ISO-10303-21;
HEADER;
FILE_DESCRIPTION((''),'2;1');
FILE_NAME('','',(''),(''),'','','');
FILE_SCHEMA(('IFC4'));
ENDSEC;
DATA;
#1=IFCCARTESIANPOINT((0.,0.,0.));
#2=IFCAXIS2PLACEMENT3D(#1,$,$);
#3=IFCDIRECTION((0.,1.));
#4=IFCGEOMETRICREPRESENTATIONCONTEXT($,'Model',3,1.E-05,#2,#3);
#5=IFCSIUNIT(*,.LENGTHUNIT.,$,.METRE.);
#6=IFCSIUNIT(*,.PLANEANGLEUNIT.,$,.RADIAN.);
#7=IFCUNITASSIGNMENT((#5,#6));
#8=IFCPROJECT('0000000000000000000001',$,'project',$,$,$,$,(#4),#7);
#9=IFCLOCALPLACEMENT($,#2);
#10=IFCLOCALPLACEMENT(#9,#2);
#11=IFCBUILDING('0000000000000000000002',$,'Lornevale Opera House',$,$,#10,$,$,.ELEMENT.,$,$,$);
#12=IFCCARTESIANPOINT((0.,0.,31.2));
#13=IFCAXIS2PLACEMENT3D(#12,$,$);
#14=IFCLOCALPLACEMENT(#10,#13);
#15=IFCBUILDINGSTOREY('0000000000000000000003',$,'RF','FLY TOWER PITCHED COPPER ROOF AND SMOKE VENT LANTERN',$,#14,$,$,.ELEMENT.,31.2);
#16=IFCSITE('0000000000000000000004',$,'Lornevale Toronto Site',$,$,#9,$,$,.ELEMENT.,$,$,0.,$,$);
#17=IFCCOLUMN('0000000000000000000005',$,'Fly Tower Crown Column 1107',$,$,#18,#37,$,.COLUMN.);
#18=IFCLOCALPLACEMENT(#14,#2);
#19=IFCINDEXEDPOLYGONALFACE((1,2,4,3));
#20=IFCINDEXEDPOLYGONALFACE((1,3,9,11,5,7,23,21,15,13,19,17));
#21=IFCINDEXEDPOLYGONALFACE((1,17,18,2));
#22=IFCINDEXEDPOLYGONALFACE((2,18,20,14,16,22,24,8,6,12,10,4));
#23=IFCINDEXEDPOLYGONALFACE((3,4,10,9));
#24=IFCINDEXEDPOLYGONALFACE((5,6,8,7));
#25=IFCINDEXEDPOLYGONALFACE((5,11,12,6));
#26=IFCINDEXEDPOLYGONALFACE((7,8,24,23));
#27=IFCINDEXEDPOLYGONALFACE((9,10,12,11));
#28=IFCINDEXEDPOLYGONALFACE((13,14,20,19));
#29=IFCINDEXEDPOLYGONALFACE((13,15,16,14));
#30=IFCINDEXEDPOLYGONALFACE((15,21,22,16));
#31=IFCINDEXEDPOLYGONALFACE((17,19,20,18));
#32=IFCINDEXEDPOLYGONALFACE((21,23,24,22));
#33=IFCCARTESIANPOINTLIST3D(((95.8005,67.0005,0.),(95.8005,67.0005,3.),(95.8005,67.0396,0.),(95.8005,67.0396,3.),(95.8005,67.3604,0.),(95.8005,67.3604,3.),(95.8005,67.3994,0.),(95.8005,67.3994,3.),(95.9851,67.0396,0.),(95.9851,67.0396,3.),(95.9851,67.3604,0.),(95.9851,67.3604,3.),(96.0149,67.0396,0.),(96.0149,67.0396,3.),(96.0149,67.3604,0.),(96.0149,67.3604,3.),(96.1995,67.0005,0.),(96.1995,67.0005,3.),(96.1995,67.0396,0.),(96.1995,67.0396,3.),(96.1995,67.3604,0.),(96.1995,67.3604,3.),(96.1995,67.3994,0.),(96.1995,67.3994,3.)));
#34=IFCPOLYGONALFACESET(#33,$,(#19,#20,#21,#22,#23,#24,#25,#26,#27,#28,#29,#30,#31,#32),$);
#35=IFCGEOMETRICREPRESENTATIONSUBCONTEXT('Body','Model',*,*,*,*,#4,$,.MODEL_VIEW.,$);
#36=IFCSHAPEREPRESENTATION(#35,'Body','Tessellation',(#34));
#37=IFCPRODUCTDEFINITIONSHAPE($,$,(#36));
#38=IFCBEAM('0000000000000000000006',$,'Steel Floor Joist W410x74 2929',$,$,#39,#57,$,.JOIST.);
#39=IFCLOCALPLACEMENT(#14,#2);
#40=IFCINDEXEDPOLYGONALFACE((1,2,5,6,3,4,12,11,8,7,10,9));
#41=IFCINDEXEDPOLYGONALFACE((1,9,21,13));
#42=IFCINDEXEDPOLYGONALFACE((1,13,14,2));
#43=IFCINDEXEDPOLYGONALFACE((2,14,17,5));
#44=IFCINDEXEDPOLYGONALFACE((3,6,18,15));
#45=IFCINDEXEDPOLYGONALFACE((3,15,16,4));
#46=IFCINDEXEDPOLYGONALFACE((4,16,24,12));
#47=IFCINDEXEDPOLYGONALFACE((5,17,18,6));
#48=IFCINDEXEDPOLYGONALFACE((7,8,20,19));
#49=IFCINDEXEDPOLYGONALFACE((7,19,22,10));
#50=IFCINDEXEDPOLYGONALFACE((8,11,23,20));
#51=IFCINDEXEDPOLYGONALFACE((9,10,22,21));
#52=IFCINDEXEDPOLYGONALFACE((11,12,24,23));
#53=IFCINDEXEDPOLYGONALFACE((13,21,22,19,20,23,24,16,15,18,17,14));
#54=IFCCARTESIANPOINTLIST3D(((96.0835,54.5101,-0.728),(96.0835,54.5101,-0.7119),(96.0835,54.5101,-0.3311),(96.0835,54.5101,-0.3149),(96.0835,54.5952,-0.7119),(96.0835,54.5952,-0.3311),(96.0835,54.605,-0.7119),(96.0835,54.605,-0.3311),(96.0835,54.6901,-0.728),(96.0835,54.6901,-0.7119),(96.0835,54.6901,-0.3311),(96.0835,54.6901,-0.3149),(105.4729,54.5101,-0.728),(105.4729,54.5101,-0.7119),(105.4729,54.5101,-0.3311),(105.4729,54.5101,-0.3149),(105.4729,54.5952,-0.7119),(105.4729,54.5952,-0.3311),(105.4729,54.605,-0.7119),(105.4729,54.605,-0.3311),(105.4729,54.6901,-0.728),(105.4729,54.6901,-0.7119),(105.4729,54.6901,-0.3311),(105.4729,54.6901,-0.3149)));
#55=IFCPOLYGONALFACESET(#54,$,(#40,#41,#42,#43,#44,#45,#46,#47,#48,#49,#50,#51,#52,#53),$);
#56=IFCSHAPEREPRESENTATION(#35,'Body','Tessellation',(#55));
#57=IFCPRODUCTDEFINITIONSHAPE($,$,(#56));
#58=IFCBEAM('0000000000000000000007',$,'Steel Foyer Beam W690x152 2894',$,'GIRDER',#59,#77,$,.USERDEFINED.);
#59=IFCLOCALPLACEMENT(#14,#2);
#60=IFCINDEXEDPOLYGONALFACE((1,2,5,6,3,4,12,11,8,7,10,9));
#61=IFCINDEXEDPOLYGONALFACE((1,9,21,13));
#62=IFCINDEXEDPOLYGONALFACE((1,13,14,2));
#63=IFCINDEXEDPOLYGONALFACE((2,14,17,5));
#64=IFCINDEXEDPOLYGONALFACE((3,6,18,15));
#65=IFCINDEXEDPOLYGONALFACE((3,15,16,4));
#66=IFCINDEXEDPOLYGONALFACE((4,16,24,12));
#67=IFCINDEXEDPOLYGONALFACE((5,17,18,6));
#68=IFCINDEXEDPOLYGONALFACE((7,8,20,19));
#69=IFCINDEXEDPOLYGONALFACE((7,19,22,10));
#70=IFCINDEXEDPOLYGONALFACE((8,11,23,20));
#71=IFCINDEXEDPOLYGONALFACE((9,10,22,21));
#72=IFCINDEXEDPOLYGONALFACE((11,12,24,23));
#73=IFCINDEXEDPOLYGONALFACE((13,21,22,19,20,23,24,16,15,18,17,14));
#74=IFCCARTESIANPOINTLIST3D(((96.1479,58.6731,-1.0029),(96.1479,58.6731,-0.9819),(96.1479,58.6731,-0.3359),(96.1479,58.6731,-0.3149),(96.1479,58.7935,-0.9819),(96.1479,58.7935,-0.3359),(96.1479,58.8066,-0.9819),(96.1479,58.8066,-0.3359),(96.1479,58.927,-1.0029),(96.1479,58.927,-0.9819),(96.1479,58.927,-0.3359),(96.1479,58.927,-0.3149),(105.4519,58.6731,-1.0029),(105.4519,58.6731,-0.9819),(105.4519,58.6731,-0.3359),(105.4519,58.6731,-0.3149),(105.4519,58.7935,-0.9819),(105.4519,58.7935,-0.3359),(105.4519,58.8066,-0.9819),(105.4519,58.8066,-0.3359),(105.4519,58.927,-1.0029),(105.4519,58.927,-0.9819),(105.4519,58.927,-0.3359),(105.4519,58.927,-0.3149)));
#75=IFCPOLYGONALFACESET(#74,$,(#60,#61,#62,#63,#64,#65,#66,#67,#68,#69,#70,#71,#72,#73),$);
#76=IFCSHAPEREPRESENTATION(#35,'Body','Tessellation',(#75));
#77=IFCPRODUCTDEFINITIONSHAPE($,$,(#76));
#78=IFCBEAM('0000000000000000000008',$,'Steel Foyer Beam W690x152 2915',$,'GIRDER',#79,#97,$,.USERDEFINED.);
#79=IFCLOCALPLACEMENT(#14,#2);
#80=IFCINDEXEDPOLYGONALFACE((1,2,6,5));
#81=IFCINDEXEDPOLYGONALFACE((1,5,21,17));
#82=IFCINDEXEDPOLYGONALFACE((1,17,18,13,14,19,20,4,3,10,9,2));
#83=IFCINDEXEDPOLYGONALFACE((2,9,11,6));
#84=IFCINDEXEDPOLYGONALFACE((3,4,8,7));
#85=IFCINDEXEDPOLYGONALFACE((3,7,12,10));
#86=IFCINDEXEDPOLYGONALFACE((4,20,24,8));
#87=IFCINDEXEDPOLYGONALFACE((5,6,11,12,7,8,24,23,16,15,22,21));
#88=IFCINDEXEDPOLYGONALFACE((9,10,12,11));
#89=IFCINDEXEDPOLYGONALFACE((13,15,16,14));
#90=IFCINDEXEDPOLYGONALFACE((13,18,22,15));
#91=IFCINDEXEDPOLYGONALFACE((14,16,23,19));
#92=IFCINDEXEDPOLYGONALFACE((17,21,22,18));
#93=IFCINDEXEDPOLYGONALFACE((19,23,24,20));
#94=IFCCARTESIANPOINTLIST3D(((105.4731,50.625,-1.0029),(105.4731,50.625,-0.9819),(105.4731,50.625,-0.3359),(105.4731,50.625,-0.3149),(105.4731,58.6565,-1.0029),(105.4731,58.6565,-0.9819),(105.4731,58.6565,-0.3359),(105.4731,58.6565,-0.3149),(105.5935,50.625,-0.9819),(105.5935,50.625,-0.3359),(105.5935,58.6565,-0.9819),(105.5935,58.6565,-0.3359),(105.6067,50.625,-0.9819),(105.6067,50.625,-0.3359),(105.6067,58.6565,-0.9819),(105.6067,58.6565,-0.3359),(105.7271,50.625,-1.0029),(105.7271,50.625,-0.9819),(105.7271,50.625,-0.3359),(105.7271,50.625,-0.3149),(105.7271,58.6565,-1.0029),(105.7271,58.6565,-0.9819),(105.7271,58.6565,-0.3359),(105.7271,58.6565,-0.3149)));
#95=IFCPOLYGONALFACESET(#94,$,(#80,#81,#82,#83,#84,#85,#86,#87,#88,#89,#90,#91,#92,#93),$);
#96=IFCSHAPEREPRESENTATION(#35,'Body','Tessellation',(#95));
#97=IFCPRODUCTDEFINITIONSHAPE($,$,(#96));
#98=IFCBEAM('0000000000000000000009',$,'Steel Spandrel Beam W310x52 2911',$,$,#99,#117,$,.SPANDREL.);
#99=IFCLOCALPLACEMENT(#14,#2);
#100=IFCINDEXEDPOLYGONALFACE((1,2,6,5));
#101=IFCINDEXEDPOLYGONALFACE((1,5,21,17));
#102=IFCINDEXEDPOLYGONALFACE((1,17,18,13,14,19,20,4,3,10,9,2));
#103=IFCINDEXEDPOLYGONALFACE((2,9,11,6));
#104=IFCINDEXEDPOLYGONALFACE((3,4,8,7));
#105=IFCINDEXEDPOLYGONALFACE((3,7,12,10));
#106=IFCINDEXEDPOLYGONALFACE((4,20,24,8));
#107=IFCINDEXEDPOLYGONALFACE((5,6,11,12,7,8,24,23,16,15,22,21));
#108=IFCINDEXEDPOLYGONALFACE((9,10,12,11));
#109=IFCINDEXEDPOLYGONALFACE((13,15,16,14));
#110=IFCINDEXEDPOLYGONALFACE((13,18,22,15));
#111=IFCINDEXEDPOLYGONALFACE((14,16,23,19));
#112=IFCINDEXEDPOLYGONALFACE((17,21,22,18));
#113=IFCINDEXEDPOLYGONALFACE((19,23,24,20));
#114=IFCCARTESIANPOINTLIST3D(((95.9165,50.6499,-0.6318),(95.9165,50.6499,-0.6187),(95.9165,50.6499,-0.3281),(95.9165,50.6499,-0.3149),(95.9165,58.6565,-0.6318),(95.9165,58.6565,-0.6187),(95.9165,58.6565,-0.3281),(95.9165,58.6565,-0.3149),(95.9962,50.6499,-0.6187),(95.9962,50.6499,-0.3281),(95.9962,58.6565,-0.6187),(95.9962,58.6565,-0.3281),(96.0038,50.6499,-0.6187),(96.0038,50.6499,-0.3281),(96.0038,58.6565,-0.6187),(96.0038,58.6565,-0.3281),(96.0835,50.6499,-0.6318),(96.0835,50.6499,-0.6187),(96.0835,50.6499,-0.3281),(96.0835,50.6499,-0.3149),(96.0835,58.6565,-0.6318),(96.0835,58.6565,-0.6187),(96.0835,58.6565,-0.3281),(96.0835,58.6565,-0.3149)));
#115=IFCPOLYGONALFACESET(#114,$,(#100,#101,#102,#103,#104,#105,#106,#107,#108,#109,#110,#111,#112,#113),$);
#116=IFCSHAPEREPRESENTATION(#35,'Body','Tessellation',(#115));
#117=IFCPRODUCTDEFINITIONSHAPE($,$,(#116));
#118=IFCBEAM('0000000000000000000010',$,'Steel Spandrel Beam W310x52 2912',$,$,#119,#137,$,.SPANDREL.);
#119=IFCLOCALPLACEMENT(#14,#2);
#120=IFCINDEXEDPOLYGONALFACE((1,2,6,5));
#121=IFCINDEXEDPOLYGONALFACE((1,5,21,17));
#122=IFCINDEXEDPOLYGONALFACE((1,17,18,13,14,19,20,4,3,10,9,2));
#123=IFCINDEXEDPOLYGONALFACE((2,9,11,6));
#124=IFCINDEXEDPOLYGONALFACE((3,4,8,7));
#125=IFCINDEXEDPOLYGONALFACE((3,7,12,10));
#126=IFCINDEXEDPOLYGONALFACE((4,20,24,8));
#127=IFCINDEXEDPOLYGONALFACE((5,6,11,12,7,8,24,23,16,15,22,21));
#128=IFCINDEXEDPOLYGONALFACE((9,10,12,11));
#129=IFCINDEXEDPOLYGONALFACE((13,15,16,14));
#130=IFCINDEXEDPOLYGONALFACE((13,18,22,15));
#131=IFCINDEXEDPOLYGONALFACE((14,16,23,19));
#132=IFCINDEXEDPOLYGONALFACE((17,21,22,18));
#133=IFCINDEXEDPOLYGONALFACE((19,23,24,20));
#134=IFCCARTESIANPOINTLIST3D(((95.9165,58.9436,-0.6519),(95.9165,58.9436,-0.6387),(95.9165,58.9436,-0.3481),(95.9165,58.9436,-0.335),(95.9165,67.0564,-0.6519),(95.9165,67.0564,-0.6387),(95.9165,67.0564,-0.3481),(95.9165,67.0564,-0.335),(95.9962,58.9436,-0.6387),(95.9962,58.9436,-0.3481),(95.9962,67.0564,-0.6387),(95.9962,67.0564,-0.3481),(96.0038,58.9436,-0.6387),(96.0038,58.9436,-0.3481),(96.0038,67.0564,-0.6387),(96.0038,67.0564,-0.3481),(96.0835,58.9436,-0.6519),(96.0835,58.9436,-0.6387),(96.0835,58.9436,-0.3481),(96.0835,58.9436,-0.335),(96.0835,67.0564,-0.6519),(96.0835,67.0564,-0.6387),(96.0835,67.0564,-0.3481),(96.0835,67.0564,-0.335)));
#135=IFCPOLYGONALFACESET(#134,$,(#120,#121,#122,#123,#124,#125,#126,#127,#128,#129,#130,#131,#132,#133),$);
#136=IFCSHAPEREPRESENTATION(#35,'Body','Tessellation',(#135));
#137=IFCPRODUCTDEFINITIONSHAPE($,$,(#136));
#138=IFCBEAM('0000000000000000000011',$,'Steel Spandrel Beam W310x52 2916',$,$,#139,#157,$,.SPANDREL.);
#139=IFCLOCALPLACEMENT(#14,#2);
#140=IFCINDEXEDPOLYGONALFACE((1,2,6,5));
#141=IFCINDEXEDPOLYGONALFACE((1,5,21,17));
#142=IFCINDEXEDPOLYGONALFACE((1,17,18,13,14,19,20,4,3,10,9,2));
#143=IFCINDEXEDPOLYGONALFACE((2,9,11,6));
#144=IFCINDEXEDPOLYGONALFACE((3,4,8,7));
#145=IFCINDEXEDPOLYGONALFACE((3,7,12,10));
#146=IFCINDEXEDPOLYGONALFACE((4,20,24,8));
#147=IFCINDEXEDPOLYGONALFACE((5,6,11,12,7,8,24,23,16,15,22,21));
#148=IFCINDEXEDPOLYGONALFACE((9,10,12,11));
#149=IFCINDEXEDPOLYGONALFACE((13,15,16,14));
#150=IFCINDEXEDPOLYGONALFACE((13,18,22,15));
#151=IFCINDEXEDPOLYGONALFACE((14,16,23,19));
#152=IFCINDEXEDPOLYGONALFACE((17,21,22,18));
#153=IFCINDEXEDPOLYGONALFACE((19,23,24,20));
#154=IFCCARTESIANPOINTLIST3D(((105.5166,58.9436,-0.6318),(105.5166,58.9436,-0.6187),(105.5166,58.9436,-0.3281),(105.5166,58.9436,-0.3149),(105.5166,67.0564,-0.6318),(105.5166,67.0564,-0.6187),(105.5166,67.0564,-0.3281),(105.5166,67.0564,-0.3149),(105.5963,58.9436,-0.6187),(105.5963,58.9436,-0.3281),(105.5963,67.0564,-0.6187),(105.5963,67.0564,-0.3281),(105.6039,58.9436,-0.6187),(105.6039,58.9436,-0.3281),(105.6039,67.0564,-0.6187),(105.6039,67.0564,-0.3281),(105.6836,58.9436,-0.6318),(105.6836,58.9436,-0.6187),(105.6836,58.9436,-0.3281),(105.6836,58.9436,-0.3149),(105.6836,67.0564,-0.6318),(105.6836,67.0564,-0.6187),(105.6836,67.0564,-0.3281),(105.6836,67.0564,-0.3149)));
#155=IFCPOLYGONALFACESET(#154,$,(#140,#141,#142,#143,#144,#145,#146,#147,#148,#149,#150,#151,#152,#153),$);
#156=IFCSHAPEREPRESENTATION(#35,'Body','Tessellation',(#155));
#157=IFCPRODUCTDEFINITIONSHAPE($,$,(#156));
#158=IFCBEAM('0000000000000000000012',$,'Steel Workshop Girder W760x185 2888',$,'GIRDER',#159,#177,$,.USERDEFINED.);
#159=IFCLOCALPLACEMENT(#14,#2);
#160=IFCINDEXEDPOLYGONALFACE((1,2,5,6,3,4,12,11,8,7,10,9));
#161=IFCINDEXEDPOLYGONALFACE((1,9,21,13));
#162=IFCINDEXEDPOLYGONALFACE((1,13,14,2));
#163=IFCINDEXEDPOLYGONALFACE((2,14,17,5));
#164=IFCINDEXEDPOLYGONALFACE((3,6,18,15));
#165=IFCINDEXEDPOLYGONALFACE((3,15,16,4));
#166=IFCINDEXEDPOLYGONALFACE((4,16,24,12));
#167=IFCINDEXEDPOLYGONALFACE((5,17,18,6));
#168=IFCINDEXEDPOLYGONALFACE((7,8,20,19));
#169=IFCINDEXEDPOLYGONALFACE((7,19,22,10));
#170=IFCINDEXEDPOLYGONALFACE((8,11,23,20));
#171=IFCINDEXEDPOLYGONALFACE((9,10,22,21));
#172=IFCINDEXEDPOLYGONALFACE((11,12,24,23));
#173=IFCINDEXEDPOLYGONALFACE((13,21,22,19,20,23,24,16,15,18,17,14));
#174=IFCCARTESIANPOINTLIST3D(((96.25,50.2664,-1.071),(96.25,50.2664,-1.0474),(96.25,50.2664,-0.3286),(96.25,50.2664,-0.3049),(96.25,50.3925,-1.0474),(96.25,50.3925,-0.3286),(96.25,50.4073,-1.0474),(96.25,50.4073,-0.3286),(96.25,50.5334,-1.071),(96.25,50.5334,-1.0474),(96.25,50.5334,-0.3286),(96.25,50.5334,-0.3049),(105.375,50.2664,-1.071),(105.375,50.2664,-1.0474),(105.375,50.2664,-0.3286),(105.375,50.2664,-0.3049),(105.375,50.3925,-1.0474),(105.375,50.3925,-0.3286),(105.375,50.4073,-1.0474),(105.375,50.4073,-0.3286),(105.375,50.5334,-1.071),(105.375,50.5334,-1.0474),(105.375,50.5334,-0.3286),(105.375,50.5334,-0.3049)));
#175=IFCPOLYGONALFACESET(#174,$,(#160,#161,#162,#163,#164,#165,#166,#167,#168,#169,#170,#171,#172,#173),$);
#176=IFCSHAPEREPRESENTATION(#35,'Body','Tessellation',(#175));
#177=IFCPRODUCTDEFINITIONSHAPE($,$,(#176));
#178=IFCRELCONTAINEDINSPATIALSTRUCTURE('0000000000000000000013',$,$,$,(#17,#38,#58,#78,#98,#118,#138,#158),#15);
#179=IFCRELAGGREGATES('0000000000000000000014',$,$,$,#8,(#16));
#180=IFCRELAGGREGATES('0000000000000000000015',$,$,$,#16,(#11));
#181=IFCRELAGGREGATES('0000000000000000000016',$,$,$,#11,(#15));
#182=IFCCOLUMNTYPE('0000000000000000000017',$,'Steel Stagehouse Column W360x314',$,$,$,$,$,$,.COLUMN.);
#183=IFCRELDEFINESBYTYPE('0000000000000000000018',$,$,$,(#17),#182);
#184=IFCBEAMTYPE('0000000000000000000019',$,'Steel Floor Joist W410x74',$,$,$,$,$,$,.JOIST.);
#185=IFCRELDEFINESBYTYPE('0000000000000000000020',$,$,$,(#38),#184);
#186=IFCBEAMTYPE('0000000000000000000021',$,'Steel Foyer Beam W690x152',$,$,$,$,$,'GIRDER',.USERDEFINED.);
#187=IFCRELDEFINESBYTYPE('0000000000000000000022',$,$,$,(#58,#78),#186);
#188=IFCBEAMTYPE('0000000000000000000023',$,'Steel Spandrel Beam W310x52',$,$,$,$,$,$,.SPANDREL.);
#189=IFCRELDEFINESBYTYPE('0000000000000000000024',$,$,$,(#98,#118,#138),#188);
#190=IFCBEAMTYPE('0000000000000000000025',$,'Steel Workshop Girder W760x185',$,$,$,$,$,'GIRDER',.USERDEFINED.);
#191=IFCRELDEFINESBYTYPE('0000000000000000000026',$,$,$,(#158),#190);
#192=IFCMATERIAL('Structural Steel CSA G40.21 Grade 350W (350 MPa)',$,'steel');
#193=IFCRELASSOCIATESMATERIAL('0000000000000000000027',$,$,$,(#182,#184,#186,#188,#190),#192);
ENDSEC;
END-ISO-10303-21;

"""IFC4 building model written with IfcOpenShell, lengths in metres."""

from ifc_helpers import new_model, si_unit, direction, frame, origin, origin_2d, place, context, subcontext, project, spatial, i_section, extrude, material, material_profile, profile_set, type_object, element, save


model = new_model("IFC4")

# Units and contexts
model_context = context("Model", 3, precision=1e-05, world=origin(), true_north=direction((0.0, 1.0)))
body_context = subcontext(model_context, "Body", "Model", "MODEL_VIEW")
ifc_project = project(units=[si_unit("LENGTHUNIT", "METRE"), si_unit("PLANEANGLEUNIT", "RADIAN")], contexts=[model_context])

# Site, building, storey
site_placement = place(None, origin())
site = spatial("IfcSite", under=ifc_project, at=site_placement, Name="Lornevale Toronto Site", CompositionType="ELEMENT", RefElevation=0.0)
building_placement = place(site_placement, origin())
building = spatial("IfcBuilding", under=site, at=building_placement, Name="Lornevale Opera House", CompositionType="ELEMENT")
storey_placement = place(building_placement, frame((0.0, 0.0, 31.2)))
storey = spatial("IfcBuildingStorey", under=building, at=storey_placement, Name="RF", Description="FLY TOWER PITCHED COPPER ROOF AND SMOKE VENT LANTERN", CompositionType="ELEMENT", Elevation=31.2)

# Column
ifc_material_1 = material(Name="Structural Steel CSA G40.21 Grade 350W (350 MPa)", Category="steel")
ifc_material_profile_1 = material_profile(ifc_material_1, i_section(OverallWidth=0.3989, OverallDepth=0.3989, WebThickness=0.0298, FlangeThickness=0.0391, at=origin_2d()), Name="W360x314")
ifc_profile_set_1 = profile_set([ifc_material_profile_1], Name="Structural Steel CSA G40.21 Grade 350W (350 MPa)")
column_type = type_object("IfcColumnType", Name="Steel Stagehouse Column W360x314", PredefinedType="COLUMN", material=ifc_profile_set_1)
column_placement = place(storey_placement, frame((96.0, 67.2, 0.0), z_axis=(0.0, 0.0, 1.0), x_axis=(1.0, 0.0, 0.0)))
element("IfcColumn", 1, at=column_placement, inside=storey, type_object=column_type, Name="Fly Tower Crown Column 1107", PredefinedType="COLUMN", context=body_context, shape_type="SweptSolid", body=[
    extrude(i_section(OverallWidth=0.3989, OverallDepth=0.3989, WebThickness=0.0298, FlangeThickness=0.0391, at=origin_2d()), origin(), (0.0, 0.0, 1.0), 3.0),
])

# Beams
ifc_material_profile_2 = material_profile(ifc_material_1, i_section(OverallWidth=0.1799, OverallDepth=0.4131, WebThickness=0.0098, FlangeThickness=0.0161, at=origin_2d()), Name="W410x74")
ifc_profile_set_2 = profile_set([ifc_material_profile_2], Name="Structural Steel CSA G40.21 Grade 350W (350 MPa)")
beam_type_1 = type_object("IfcBeamType", Name="Steel Floor Joist W410x74", PredefinedType="JOIST", material=ifc_profile_set_2)
beam_1_placement = place(storey_placement, frame((96.0835, 54.6001, -0.5215), z_axis=(1.0, 0.0, 0.0), x_axis=(0.0, 1.0, 0.0)))
element("IfcBeam", 2, at=beam_1_placement, inside=storey, type_object=beam_type_1, Name="Steel Floor Joist W410x74 2929", PredefinedType="JOIST", context=body_context, shape_type="SweptSolid", body=[
    extrude(i_section(OverallWidth=0.1799, OverallDepth=0.4131, WebThickness=0.0098, FlangeThickness=0.0161, at=origin_2d()), origin(), (0.0, 0.0, 1.0), 9.3894),
])
ifc_material_profile_3 = material_profile(ifc_material_1, i_section(OverallWidth=0.2539, OverallDepth=0.688, WebThickness=0.0132, FlangeThickness=0.021, at=origin_2d()), Name="W690x152")
ifc_profile_set_3 = profile_set([ifc_material_profile_3], Name="Structural Steel CSA G40.21 Grade 350W (350 MPa)")
beam_type_2 = type_object("IfcBeamType", Name="Steel Foyer Beam W690x152", ElementType="GIRDER", PredefinedType="USERDEFINED", material=ifc_profile_set_3)
beam_2_placement = place(storey_placement, frame((96.1479, 58.8, -0.6589), z_axis=(1.0, 0.0, 0.0), x_axis=(0.0, 1.0, 0.0)))
element("IfcBeam", 3, at=beam_2_placement, inside=storey, type_object=beam_type_2, Name="Steel Foyer Beam W690x152 2894", ObjectType="GIRDER", PredefinedType="USERDEFINED", context=body_context, shape_type="SweptSolid", body=[
    extrude(i_section(OverallWidth=0.2539, OverallDepth=0.688, WebThickness=0.0132, FlangeThickness=0.021, at=origin_2d()), origin(), (0.0, 0.0, 1.0), 9.304),
])
beam_3_placement = place(storey_placement, frame((105.6001, 50.625, -0.6589), z_axis=(0.0, 1.0, 0.0), x_axis=(-1.0, 0.0, 0.0)))
element("IfcBeam", 4, at=beam_3_placement, inside=storey, type_object=beam_type_2, Name="Steel Foyer Beam W690x152 2915", ObjectType="GIRDER", PredefinedType="USERDEFINED", context=body_context, shape_type="SweptSolid", body=[
    extrude(i_section(OverallWidth=0.2539, OverallDepth=0.688, WebThickness=0.0132, FlangeThickness=0.021, at=origin_2d()), origin(), (0.0, 0.0, 1.0), 8.0315),
])
ifc_material_profile_4 = material_profile(ifc_material_1, i_section(OverallWidth=0.167, OverallDepth=0.3169, WebThickness=0.0076, FlangeThickness=0.0132, at=origin_2d()), Name="W310x52")
ifc_profile_set_4 = profile_set([ifc_material_profile_4], Name="Structural Steel CSA G40.21 Grade 350W (350 MPa)")
beam_type_3 = type_object("IfcBeamType", Name="Steel Spandrel Beam W310x52", PredefinedType="SPANDREL", material=ifc_profile_set_4)
beam_4_placement = place(storey_placement, frame((96.0, 50.6499, -0.4734), z_axis=(0.0, 1.0, 0.0), x_axis=(-1.0, 0.0, 0.0)))
element("IfcBeam", 5, at=beam_4_placement, inside=storey, type_object=beam_type_3, Name="Steel Spandrel Beam W310x52 2911", PredefinedType="SPANDREL", context=body_context, shape_type="SweptSolid", body=[
    extrude(i_section(OverallWidth=0.167, OverallDepth=0.3169, WebThickness=0.0076, FlangeThickness=0.0132, at=origin_2d()), origin(), (0.0, 0.0, 1.0), 8.0066),
])
for number, where, z_axis, x_axis, name in (
    (6, (96.0, 58.9436, -0.4934), (0.0, 1.0, 0.0), (-1.0, 0.0, 0.0), "Steel Spandrel Beam W310x52 2912"),
    (7, (105.6001, 58.9436, -0.4734), (0.0, 1.0, 0.0), (-1.0, 0.0, 0.0), "Steel Spandrel Beam W310x52 2916"),
):
    element("IfcBeam", number, at=place(storey_placement, frame(where, z_axis=z_axis, x_axis=x_axis)), inside=storey, type_object=beam_type_3, Name=name, PredefinedType="SPANDREL", context=body_context, shape_type="SweptSolid", body=[
        extrude(i_section(OverallWidth=0.167, OverallDepth=0.3169, WebThickness=0.0076, FlangeThickness=0.0132, at=origin_2d()), origin(), (0.0, 0.0, 1.0), 8.1128),
    ])
ifc_material_profile_5 = material_profile(ifc_material_1, i_section(OverallWidth=0.2671, OverallDepth=0.7661, WebThickness=0.0149, FlangeThickness=0.0237, at=origin_2d()), Name="W760x185")
ifc_profile_set_5 = profile_set([ifc_material_profile_5], Name="Structural Steel CSA G40.21 Grade 350W (350 MPa)")
beam_type_4 = type_object("IfcBeamType", Name="Steel Workshop Girder W760x185", ElementType="GIRDER", PredefinedType="USERDEFINED", material=ifc_profile_set_5)
beam_5_placement = place(storey_placement, frame((96.25, 50.3999, -0.688), z_axis=(1.0, 0.0, 0.0), x_axis=(0.0, 1.0, 0.0)))
element("IfcBeam", 8, at=beam_5_placement, inside=storey, type_object=beam_type_4, Name="Steel Workshop Girder W760x185 2888", ObjectType="GIRDER", PredefinedType="USERDEFINED", context=body_context, shape_type="SweptSolid", body=[
    extrude(i_section(OverallWidth=0.2671, OverallDepth=0.7661, WebThickness=0.0149, FlangeThickness=0.0237, at=origin_2d()), origin(), (0.0, 0.0, 1.0), 9.125),
])

save(model, "model.ifc")
